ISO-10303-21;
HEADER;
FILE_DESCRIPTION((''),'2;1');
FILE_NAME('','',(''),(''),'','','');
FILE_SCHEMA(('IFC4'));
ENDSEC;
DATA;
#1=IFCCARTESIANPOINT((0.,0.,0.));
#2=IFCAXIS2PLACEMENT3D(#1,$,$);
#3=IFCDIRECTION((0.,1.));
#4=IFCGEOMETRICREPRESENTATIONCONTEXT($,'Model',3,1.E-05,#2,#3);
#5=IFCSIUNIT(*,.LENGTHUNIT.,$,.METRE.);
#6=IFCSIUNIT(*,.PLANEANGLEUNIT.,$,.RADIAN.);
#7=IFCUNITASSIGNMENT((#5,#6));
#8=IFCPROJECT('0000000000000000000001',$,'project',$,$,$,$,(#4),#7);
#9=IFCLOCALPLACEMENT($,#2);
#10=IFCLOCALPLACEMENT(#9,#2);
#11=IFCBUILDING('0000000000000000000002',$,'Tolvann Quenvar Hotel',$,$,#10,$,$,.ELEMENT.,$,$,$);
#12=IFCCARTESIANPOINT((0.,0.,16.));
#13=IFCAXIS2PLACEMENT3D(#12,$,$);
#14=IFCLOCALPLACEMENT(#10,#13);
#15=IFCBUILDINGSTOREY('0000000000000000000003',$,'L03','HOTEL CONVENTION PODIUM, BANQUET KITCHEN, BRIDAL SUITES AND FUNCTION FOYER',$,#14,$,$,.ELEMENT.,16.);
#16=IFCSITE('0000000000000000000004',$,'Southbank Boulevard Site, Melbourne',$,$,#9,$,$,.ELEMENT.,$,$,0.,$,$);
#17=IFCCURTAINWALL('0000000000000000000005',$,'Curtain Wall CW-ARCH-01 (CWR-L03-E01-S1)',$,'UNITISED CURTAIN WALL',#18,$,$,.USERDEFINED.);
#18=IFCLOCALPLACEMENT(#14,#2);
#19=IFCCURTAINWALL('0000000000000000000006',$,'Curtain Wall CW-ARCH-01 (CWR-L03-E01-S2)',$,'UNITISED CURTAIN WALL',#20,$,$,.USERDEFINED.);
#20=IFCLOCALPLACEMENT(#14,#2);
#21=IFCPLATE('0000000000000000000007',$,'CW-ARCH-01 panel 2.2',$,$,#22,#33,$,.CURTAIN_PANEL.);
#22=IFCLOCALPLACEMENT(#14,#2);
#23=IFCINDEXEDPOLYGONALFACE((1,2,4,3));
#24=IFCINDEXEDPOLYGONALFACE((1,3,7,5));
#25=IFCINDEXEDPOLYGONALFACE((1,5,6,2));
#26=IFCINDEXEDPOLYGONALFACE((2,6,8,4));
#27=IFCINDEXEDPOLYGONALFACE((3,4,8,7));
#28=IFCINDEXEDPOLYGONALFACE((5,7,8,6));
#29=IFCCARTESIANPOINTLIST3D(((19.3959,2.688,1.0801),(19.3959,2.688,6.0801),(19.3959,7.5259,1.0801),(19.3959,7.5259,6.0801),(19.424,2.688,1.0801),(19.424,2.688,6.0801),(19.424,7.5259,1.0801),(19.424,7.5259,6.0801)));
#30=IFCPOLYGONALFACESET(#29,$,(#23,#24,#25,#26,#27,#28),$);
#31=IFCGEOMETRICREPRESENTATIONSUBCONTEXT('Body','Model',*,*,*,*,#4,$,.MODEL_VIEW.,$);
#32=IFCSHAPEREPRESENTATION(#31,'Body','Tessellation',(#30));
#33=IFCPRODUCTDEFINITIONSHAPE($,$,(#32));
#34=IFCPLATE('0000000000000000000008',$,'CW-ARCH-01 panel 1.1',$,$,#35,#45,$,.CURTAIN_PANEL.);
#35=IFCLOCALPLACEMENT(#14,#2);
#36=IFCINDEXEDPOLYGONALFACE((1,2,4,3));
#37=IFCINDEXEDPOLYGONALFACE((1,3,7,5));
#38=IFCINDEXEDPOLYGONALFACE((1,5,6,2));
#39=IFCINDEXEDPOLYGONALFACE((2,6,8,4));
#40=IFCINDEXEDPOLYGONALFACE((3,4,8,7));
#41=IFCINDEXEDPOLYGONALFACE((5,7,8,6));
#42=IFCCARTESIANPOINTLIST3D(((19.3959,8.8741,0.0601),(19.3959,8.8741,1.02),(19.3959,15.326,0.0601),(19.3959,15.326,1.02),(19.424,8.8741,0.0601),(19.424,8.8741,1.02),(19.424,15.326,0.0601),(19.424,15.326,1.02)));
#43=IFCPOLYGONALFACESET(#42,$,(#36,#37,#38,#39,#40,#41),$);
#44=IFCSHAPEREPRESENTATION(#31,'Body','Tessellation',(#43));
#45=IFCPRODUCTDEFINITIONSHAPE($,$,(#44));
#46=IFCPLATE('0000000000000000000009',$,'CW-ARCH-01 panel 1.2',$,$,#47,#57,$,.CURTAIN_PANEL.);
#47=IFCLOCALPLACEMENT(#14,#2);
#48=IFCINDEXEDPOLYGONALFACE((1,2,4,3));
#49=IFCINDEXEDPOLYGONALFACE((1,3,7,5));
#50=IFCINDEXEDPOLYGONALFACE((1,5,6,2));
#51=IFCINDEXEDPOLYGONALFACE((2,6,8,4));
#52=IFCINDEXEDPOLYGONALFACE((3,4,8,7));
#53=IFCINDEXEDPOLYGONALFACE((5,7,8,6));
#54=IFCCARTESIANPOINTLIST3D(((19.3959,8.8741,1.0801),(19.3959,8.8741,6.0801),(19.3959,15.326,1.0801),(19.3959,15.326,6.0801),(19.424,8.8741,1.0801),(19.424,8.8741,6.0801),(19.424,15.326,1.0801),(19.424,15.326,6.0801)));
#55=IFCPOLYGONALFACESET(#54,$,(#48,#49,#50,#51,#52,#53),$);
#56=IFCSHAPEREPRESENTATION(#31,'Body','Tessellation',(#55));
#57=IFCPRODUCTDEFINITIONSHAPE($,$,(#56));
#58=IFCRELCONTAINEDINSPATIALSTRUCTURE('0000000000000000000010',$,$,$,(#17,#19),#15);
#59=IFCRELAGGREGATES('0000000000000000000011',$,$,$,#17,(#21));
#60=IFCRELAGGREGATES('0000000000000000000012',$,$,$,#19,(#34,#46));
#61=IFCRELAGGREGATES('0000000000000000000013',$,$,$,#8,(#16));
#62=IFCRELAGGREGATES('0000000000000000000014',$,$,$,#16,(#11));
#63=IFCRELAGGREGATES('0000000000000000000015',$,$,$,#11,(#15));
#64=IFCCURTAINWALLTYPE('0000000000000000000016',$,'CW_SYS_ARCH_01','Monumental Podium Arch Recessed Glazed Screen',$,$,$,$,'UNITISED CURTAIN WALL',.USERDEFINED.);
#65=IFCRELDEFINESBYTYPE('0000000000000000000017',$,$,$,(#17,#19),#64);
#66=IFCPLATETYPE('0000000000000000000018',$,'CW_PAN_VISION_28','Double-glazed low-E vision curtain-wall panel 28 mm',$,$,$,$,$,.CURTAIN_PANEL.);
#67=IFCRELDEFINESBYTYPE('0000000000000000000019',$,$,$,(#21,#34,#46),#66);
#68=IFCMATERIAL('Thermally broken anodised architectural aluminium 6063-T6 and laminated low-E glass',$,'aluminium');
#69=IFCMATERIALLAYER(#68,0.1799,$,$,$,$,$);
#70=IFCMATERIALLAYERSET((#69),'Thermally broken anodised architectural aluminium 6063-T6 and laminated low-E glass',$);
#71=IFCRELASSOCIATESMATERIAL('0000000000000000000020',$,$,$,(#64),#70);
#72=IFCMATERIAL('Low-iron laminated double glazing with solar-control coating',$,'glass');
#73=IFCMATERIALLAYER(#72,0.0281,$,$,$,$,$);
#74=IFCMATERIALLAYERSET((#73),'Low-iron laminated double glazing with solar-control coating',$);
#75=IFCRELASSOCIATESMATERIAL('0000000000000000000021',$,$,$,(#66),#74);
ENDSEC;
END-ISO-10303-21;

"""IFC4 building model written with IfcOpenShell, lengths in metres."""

from ifc_helpers import new_model, si_unit, direction, frame, origin, origin_2d, place, context, subcontext, project, spatial, rectangle, extrude, source, transform, mapped, material, layer, layer_set, type_object, element, aggregate, save


model = new_model("IFC4")

# Units and contexts
model_context = context("Model", 3, precision=1e-05, world=origin(), true_north=direction((0.0, 1.0)))
body_context = subcontext(model_context, "Body", "Model", "MODEL_VIEW")
ifc_project = project(units=[si_unit("LENGTHUNIT", "METRE"), si_unit("PLANEANGLEUNIT", "RADIAN")], contexts=[model_context])

# Site, building, storey
site_placement = place(None, origin())
site = spatial("IfcSite", under=ifc_project, at=site_placement, Name="Southbank Boulevard Site, Melbourne", CompositionType="ELEMENT", RefElevation=0.0)
building_placement = place(site_placement, origin())
building = spatial("IfcBuilding", under=site, at=building_placement, Name="Tolvann Quenvar Hotel", CompositionType="ELEMENT")
storey_placement = place(building_placement, frame((0.0, 0.0, 16.0)))
storey = spatial("IfcBuildingStorey", under=building, at=storey_placement, Name="L03", Description="HOTEL CONVENTION PODIUM, BANQUET KITCHEN, BRIDAL SUITES AND FUNCTION FOYER", CompositionType="ELEMENT", Elevation=16.0)

# Curtain wall
ifc_material_1 = material(Name="Thermally broken anodised architectural aluminium 6063-T6 and laminated low-E glass", Category="aluminium")
ifc_layer_1 = layer(ifc_material_1, 0.1799)
ifc_layer_set_1 = layer_set([ifc_layer_1], Name="Thermally broken anodised architectural aluminium 6063-T6 and laminated low-E glass")
curtain_wall_type = type_object("IfcCurtainWallType", Name="CW_SYS_ARCH_01", Description="Monumental Podium Arch Recessed Glazed Screen", ElementType="UNITISED CURTAIN WALL", PredefinedType="USERDEFINED", material=ifc_layer_set_1)
curtain_wall_1_placement = place(storey_placement, origin())
curtain_wall_1 = element("IfcCurtainWall", 1, at=curtain_wall_1_placement, inside=storey, type_object=curtain_wall_type, Name="Curtain Wall CW-ARCH-01 (CWR-L03-E01-S1)", ObjectType="UNITISED CURTAIN WALL", PredefinedType="USERDEFINED")

# Curtain wall
curtain_wall_2_placement = place(storey_placement, origin())
curtain_wall_2 = element("IfcCurtainWall", 2, at=curtain_wall_2_placement, inside=storey, type_object=curtain_wall_type, Name="Curtain Wall CW-ARCH-01 (CWR-L03-E01-S2)", ObjectType="UNITISED CURTAIN WALL", PredefinedType="USERDEFINED")

# Plates
ifc_material_2 = material(Name="Low-iron laminated double glazing with solar-control coating", Category="glass")
ifc_layer_2 = layer(ifc_material_2, 0.0281)
ifc_layer_set_2 = layer_set([ifc_layer_2], Name="Low-iron laminated double glazing with solar-control coating")
plate_type_1 = type_object("IfcPlateType", Name="CW_PAN_VISION_28", Description="Double-glazed low-E vision curtain-wall panel 28 mm", PredefinedType="CURTAIN_PANEL", material=ifc_layer_set_2)
shared_shape_1 = source(origin(), body_context, "Body", "SweptSolid", [
    extrude(rectangle(XDim=4.8379, YDim=0.0281, at=origin_2d()), origin(), (0.0, 0.0, 1.0), 5.0),
])
plate_1_placement = place(storey_placement, frame((19.4099, 5.1069, 1.0801), z_axis=(0.0, 0.0, 1.0), x_axis=(0.0, 1.0, 0.0)))
plate_1 = element("IfcPlate", 3, at=plate_1_placement, type_object=plate_type_1, Name="CW-ARCH-01 panel 2.2", PredefinedType="CURTAIN_PANEL", context=body_context, shape_type="MappedRepresentation", body=[
    mapped(shared_shape_1, transform((0.0, 0.0, 0.0), x_axis=(1.0, 0.0, 0.0), y_axis=(0.0, 1.0, 0.0), z_axis=(0.0, 0.0, 1.0), scale=1.0)),
])
aggregate(curtain_wall_1, [plate_1])
shared_shape_2 = source(origin(), body_context, "Body", "SweptSolid", [
    extrude(rectangle(XDim=6.4519, YDim=0.0281, at=origin_2d()), origin(), (0.0, 0.0, 1.0), 0.96),
])
plate_2_placement = place(storey_placement, frame((19.4099, 12.1001, 0.0601), z_axis=(0.0, 0.0, 1.0), x_axis=(0.0, 1.0, 0.0)))
plate_2 = element("IfcPlate", 4, at=plate_2_placement, type_object=plate_type_1, Name="CW-ARCH-01 panel 1.1", PredefinedType="CURTAIN_PANEL", context=body_context, shape_type="MappedRepresentation", body=[
    mapped(shared_shape_2, transform((0.0, 0.0, 0.0), x_axis=(1.0, 0.0, 0.0), y_axis=(0.0, 1.0, 0.0), z_axis=(0.0, 0.0, 1.0), scale=1.0)),
])
shared_shape_3 = source(origin(), body_context, "Body", "SweptSolid", [
    extrude(rectangle(XDim=6.4519, YDim=0.0281, at=origin_2d()), origin(), (0.0, 0.0, 1.0), 5.0),
])
plate_3_placement = place(storey_placement, frame((19.4099, 12.1001, 1.0801), z_axis=(0.0, 0.0, 1.0), x_axis=(0.0, 1.0, 0.0)))
plate_3 = element("IfcPlate", 5, at=plate_3_placement, type_object=plate_type_1, Name="CW-ARCH-01 panel 1.2", PredefinedType="CURTAIN_PANEL", context=body_context, shape_type="MappedRepresentation", body=[
    mapped(shared_shape_3, transform((0.0, 0.0, 0.0), x_axis=(1.0, 0.0, 0.0), y_axis=(0.0, 1.0, 0.0), z_axis=(0.0, 0.0, 1.0), scale=1.0)),
])
aggregate(curtain_wall_2, [plate_2, plate_3])

save(model, "model.ifc")
